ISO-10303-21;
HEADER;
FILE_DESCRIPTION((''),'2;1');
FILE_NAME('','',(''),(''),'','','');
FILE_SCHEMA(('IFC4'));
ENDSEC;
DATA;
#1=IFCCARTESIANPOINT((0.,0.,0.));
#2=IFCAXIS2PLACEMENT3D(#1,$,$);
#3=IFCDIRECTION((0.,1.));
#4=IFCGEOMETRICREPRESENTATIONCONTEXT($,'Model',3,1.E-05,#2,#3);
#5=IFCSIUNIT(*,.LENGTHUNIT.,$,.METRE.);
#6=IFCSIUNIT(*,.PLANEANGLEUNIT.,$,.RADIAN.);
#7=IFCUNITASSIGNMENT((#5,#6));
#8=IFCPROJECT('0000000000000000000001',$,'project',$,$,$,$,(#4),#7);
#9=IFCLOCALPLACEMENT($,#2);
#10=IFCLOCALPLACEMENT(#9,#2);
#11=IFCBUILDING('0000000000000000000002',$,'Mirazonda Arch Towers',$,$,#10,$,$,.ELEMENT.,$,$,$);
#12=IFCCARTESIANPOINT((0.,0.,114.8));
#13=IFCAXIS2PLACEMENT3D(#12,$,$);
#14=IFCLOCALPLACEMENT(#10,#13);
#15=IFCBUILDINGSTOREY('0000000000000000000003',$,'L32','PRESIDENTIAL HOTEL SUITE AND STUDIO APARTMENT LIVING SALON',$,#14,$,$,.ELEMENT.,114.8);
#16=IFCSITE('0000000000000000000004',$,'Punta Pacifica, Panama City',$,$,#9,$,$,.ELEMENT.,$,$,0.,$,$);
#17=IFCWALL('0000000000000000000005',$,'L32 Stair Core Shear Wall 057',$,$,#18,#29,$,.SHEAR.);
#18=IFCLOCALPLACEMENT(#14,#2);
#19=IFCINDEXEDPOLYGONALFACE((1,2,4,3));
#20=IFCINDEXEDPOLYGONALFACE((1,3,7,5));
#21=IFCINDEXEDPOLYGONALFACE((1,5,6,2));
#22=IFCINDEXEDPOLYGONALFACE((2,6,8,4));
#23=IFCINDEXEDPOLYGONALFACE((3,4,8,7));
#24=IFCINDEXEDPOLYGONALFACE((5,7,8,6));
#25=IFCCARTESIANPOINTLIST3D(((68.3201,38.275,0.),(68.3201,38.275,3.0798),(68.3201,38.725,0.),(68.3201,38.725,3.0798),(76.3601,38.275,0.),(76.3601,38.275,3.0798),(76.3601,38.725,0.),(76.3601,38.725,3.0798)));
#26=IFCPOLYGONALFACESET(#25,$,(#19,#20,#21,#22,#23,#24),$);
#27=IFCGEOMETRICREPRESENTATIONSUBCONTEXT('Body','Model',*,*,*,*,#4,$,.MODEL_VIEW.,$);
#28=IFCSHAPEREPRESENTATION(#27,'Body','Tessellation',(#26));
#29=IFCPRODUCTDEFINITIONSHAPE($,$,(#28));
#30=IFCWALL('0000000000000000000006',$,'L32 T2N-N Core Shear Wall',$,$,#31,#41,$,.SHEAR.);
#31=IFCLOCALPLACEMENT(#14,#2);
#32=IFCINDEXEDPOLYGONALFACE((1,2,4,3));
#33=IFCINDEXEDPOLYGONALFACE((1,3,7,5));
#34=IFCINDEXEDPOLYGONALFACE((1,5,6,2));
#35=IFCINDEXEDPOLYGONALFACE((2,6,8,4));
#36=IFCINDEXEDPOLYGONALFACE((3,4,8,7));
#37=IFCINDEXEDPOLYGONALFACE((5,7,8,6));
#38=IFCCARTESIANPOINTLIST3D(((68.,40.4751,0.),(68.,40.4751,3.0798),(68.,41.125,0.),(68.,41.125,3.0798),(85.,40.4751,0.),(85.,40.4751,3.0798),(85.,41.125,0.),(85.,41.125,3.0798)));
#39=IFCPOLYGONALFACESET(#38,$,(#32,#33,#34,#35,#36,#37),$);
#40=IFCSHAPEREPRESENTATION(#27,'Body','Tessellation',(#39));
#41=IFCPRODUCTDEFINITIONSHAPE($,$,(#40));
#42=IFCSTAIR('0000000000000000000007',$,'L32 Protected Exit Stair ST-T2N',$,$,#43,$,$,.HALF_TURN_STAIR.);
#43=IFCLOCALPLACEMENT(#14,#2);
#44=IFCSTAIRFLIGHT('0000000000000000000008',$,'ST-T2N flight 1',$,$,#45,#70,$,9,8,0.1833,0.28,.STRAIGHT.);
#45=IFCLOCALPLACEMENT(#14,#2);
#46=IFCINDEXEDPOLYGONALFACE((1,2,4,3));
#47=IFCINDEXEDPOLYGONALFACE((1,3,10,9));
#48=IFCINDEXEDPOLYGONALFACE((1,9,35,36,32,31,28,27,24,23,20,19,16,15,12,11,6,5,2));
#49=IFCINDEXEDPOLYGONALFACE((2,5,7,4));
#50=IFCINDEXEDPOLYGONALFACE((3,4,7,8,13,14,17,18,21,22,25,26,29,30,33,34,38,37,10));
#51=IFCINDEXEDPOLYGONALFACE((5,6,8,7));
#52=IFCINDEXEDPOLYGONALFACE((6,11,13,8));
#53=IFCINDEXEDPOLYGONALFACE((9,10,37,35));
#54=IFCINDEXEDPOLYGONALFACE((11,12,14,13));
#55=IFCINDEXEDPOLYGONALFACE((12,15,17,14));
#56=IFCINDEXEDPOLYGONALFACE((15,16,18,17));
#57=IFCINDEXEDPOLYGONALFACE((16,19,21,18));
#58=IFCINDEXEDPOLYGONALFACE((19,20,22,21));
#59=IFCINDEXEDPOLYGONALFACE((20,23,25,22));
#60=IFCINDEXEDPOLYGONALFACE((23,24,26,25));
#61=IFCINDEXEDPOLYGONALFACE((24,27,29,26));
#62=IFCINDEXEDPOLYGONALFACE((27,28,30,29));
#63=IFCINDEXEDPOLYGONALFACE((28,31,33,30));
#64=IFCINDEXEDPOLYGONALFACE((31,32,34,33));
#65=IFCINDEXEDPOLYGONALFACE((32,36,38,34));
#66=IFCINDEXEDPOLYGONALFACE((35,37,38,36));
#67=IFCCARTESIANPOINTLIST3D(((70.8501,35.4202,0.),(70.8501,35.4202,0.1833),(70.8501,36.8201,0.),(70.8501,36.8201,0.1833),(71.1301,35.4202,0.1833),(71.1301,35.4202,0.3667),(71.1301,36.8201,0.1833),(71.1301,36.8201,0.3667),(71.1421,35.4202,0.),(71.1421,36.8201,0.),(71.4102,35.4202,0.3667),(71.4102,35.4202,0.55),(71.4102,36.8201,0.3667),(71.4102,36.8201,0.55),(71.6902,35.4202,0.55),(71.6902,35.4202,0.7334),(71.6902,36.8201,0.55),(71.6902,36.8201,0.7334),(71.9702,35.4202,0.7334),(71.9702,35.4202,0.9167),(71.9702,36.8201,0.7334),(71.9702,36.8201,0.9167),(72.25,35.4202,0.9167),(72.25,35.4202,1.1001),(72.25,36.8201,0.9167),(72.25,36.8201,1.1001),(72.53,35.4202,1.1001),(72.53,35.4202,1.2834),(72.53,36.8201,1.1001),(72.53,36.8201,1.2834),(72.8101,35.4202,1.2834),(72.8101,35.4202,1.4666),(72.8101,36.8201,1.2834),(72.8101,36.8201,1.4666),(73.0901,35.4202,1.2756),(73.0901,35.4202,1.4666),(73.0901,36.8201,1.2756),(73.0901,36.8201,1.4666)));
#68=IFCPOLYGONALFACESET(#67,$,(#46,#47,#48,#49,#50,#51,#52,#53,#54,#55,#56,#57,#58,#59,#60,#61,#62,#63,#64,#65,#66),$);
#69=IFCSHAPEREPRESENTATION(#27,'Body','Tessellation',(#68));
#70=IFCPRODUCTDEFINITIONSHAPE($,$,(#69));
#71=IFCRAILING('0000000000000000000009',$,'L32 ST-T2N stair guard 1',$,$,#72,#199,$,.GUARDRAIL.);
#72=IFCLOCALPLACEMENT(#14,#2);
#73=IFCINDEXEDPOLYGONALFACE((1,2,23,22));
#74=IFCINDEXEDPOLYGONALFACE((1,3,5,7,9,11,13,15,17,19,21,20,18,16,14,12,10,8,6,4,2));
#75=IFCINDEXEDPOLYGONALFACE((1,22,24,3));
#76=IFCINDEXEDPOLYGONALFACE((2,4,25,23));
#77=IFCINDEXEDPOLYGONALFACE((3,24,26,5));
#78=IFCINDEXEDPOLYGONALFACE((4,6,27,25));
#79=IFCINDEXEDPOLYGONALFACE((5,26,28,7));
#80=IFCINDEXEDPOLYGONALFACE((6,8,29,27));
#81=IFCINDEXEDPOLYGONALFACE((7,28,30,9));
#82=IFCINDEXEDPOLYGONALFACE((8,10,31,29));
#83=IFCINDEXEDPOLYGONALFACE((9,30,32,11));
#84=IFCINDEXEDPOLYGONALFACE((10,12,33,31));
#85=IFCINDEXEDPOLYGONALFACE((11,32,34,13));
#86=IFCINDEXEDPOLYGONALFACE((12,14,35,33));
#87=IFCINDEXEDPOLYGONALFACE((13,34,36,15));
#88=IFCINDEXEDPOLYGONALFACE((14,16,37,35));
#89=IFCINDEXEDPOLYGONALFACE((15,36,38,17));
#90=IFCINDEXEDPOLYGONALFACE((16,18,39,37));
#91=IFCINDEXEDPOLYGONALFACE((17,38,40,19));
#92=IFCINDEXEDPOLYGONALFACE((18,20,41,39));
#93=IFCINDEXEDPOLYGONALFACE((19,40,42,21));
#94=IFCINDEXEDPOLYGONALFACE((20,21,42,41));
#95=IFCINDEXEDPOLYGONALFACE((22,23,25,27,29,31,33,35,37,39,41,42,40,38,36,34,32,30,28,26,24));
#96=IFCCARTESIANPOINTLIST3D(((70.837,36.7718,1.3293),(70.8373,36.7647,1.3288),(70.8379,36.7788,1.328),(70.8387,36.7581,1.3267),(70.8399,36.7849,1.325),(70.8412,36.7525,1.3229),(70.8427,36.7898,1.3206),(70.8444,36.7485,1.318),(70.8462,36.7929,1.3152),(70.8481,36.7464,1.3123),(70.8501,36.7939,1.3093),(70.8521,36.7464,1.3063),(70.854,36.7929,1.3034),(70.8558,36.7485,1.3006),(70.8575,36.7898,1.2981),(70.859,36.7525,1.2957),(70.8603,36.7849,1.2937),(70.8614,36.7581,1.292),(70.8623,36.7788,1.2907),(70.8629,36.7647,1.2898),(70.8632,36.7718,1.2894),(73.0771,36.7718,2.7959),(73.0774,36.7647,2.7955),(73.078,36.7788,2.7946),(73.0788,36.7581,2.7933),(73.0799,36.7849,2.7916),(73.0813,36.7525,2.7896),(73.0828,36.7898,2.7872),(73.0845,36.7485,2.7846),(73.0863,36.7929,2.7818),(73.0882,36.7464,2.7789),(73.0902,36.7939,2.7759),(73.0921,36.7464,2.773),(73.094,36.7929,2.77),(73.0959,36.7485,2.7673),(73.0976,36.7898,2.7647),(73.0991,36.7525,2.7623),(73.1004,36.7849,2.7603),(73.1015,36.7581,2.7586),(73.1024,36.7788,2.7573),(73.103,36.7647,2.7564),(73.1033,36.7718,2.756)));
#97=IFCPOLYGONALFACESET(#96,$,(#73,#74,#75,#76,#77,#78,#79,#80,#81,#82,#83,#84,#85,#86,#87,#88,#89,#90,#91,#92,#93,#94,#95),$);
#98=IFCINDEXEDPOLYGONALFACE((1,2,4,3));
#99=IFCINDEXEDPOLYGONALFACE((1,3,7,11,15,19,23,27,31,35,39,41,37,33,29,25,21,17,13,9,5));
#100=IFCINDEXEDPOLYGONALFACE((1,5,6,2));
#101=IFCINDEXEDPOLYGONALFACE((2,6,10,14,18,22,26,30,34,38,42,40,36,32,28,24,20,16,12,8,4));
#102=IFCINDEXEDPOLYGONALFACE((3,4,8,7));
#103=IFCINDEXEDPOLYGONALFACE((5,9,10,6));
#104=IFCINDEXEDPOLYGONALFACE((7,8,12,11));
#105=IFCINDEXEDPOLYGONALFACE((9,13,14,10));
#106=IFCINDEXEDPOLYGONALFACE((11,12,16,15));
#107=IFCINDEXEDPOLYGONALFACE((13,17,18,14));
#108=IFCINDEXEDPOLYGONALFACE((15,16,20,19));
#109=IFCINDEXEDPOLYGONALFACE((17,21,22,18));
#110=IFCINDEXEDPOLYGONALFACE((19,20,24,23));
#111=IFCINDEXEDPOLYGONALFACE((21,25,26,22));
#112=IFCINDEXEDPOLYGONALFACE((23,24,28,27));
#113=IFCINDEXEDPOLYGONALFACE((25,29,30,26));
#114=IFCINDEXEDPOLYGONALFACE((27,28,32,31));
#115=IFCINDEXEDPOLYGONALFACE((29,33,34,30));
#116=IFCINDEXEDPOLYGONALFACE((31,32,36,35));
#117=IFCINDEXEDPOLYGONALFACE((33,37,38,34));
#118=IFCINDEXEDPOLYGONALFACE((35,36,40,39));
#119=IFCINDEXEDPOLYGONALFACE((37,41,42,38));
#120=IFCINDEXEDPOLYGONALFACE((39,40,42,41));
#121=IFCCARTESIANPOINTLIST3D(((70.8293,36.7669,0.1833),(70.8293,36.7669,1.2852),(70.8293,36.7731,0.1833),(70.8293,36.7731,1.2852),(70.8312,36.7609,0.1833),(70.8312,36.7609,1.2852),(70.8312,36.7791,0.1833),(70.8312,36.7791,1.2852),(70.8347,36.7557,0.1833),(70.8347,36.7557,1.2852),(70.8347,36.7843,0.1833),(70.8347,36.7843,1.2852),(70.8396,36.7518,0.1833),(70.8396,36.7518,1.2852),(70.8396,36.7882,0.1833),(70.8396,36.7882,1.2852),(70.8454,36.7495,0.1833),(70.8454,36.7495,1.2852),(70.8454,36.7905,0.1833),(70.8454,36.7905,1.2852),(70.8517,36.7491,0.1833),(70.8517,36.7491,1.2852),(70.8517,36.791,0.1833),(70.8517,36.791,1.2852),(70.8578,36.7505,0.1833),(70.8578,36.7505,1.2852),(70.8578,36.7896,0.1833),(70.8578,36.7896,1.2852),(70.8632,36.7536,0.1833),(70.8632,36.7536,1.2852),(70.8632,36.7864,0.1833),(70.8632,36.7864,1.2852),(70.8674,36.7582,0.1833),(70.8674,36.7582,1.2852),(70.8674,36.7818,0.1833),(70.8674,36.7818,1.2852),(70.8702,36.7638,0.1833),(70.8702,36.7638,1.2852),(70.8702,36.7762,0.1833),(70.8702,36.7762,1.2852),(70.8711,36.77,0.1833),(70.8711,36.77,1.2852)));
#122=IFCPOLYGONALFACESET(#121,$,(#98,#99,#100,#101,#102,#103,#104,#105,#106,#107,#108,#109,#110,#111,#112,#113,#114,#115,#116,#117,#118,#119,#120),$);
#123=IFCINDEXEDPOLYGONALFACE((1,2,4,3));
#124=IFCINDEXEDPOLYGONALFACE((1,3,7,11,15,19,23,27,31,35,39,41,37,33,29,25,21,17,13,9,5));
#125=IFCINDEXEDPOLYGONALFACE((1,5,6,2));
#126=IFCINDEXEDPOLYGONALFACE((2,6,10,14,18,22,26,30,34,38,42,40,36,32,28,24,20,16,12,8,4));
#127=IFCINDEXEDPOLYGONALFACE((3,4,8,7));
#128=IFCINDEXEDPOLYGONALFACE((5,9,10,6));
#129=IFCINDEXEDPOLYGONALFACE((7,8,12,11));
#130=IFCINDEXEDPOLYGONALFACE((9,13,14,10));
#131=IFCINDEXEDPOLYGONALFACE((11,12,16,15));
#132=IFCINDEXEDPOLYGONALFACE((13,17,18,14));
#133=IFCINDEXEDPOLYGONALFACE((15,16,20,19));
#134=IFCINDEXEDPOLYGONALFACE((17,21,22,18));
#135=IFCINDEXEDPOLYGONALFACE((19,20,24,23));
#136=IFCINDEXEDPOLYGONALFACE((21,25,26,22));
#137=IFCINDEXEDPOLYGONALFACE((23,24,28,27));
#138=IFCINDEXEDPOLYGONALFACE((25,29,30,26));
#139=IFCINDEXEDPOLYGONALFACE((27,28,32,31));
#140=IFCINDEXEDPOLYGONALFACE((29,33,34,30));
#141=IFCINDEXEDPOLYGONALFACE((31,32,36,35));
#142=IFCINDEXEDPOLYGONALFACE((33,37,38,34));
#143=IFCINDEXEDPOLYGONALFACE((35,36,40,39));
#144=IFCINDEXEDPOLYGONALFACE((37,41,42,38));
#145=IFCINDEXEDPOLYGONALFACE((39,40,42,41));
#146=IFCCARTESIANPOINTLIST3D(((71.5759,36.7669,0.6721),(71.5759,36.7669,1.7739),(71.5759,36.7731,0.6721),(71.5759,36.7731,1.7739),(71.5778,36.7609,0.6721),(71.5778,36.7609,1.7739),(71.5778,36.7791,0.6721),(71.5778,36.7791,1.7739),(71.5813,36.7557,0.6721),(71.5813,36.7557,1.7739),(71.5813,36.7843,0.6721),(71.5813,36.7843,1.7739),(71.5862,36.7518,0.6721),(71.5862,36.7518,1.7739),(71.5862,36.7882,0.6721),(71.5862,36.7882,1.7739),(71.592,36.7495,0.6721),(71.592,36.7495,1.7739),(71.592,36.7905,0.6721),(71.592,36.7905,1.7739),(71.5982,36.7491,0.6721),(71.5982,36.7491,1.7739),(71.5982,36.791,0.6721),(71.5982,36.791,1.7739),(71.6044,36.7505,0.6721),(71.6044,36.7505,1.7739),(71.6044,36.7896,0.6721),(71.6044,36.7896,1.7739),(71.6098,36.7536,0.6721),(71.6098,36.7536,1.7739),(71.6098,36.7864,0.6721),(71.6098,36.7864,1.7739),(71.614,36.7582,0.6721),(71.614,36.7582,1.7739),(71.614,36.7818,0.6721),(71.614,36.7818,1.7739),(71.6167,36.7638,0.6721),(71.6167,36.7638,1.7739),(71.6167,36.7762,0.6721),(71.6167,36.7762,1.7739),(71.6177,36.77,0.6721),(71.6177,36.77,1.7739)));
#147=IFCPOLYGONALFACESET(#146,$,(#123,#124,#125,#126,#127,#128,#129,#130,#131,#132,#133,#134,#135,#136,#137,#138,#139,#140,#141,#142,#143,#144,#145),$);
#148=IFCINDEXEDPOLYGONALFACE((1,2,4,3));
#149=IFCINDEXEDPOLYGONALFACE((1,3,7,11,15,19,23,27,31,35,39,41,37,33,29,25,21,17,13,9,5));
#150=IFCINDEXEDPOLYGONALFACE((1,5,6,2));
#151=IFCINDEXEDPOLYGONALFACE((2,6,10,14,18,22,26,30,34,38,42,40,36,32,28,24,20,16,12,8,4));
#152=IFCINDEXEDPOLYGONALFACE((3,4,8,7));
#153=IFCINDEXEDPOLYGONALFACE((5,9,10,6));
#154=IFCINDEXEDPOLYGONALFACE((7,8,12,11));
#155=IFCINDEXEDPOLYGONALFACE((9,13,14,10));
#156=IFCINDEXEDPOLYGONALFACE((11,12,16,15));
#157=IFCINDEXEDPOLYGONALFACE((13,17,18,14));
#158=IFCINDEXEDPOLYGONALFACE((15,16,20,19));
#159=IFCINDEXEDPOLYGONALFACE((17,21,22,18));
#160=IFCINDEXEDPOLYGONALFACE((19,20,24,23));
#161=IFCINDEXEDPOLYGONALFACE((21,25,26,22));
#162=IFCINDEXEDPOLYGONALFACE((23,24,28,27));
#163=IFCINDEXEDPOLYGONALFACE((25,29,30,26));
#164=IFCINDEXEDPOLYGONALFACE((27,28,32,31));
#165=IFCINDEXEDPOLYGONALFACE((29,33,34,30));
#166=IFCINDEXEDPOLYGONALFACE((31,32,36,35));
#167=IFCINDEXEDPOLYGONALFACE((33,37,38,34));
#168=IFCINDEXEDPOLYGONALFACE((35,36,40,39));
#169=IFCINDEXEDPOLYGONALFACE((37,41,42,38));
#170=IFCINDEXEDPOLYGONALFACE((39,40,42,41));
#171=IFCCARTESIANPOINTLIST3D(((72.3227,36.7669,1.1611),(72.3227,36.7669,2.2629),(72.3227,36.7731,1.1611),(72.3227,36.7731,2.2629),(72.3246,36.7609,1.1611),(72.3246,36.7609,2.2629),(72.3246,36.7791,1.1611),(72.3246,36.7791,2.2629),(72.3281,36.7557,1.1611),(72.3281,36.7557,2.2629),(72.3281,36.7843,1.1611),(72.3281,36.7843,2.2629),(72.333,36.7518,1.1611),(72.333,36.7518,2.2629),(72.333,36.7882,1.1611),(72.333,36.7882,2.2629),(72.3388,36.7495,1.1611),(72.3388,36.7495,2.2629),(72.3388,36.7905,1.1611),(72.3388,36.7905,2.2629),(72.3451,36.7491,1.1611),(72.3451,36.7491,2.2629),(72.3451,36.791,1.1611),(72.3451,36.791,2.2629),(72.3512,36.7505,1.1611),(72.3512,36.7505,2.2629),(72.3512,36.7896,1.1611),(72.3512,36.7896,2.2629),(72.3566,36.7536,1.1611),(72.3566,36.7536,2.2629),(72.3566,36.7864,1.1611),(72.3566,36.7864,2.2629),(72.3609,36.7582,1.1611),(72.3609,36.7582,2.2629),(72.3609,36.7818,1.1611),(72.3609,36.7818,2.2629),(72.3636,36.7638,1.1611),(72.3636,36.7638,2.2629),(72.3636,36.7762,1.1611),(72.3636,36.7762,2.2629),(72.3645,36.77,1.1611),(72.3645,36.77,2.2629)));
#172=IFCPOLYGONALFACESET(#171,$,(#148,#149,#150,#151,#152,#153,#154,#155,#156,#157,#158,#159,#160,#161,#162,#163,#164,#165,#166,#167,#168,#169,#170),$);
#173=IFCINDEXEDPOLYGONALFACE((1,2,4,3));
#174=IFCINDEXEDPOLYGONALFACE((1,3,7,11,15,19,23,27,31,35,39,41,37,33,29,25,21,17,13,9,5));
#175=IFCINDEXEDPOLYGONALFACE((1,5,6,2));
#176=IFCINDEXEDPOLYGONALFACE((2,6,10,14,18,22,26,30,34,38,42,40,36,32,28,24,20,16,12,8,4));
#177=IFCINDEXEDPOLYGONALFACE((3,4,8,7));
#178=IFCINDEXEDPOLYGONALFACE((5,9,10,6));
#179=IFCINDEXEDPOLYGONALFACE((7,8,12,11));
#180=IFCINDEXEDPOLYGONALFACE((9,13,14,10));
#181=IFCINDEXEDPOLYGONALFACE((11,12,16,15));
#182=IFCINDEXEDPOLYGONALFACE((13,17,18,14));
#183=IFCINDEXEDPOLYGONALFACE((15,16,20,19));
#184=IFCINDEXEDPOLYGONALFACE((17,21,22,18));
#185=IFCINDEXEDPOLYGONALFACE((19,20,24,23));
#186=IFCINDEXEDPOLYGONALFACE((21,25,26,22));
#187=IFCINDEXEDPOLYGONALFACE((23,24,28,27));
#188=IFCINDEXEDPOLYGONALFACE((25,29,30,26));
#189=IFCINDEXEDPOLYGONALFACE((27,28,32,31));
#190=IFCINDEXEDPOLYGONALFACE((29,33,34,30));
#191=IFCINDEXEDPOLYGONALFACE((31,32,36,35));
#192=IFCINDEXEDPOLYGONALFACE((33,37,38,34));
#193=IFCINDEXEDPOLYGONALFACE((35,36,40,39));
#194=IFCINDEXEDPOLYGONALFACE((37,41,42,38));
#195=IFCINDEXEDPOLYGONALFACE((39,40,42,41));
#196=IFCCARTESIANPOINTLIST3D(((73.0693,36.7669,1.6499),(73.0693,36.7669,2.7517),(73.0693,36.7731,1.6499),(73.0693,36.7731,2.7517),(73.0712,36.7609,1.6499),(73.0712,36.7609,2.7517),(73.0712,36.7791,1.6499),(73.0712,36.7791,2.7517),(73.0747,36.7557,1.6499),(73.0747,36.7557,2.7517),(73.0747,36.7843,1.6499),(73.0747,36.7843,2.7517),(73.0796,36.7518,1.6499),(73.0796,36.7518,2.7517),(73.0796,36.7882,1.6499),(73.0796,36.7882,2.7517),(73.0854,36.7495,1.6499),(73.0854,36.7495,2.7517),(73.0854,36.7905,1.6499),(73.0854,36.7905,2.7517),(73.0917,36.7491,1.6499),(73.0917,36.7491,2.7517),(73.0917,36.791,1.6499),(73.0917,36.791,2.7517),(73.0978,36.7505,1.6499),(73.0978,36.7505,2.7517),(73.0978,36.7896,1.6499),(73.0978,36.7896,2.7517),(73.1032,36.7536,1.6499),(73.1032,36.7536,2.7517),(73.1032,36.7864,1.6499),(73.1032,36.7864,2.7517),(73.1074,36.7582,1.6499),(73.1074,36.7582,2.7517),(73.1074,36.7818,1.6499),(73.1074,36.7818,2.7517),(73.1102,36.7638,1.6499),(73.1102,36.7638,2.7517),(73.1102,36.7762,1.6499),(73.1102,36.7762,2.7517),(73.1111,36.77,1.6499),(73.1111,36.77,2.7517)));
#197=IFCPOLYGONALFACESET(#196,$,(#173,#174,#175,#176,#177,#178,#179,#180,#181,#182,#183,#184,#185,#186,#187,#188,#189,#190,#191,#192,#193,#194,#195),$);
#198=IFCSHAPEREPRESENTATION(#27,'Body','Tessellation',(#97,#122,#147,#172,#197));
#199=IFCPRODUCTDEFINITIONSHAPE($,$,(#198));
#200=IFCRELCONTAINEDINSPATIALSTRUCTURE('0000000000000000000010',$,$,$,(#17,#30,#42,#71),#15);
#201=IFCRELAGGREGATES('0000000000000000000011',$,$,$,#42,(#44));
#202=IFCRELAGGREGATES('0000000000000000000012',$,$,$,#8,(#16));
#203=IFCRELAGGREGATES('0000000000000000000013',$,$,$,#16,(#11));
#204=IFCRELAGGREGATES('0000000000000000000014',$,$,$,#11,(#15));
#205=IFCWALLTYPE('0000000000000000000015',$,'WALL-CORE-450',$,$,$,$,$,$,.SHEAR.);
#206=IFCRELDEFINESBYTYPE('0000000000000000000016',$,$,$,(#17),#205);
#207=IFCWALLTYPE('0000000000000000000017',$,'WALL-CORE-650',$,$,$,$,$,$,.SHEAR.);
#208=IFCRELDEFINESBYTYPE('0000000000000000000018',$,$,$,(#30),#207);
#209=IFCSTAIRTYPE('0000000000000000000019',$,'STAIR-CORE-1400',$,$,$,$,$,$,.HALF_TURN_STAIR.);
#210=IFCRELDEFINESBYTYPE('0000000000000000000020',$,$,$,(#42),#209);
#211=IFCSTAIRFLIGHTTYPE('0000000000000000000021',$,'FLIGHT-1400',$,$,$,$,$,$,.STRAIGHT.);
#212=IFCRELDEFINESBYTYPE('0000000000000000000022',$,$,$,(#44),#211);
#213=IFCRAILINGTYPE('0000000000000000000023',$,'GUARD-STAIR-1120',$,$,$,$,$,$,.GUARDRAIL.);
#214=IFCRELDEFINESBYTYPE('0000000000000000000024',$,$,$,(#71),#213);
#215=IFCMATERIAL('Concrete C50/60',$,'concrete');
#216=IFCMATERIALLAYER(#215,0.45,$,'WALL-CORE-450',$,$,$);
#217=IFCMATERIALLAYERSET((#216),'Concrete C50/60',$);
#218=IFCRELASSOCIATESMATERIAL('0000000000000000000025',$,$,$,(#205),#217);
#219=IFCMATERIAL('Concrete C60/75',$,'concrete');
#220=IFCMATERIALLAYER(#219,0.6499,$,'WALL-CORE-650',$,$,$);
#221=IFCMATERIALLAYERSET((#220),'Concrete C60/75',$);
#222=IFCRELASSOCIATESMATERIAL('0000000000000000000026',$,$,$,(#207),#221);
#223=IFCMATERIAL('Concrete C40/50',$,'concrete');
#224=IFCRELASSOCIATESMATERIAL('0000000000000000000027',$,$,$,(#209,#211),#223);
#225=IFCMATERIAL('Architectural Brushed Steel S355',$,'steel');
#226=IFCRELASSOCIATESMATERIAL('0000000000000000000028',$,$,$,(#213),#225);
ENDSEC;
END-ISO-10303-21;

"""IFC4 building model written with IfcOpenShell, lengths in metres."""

from ifc_helpers import new_model, si_unit, direction, frame, frame_2d, origin, origin_2d, place, context, subcontext, project, spatial, polyline, rectangle, circle, outline, extrude, material, layer, layer_set, type_object, element, aggregate, save


model = new_model("IFC4")

# Units and contexts
model_context = context("Model", 3, precision=1e-05, world=origin(), true_north=direction((0.0, 1.0)))
body_context = subcontext(model_context, "Body", "Model", "MODEL_VIEW")
ifc_project = project(units=[si_unit("LENGTHUNIT", "METRE"), si_unit("PLANEANGLEUNIT", "RADIAN")], contexts=[model_context])

# Site, building, storey
site_placement = place(None, origin())
site = spatial("IfcSite", under=ifc_project, at=site_placement, Name="Punta Pacifica, Panama City", CompositionType="ELEMENT", RefElevation=0.0)
building_placement = place(site_placement, origin())
building = spatial("IfcBuilding", under=site, at=building_placement, Name="Mirazonda Arch Towers", CompositionType="ELEMENT")
storey_placement = place(building_placement, frame((0.0, 0.0, 114.8)))
storey = spatial("IfcBuildingStorey", under=building, at=storey_placement, Name="L32", Description="PRESIDENTIAL HOTEL SUITE AND STUDIO APARTMENT LIVING SALON", CompositionType="ELEMENT", Elevation=114.8)

# Shared definitions
ifc_material_1 = material(Name="Concrete C50/60", Category="concrete")
ifc_material_2 = material(Name="Concrete C60/75", Category="concrete")

# Walls
ifc_layer_1 = layer(ifc_material_1, 0.45, Name="WALL-CORE-450")
ifc_layer_set_1 = layer_set([ifc_layer_1], Name="Concrete C50/60")
wall_type_1 = type_object("IfcWallType", Name="WALL-CORE-450", PredefinedType="SHEAR", material=ifc_layer_set_1)
wall_1_placement = place(storey_placement, frame((68.3201, 38.5, 0.0), z_axis=(0.0, 0.0, 1.0), x_axis=(1.0, 0.0, 0.0)))
element("IfcWall", 1, at=wall_1_placement, inside=storey, type_object=wall_type_1, Name="L32 Stair Core Shear Wall 057", PredefinedType="SHEAR", context=body_context, shape_type="SweptSolid", body=[
    extrude(rectangle(XDim=8.04, YDim=0.45, at=frame_2d((4.02, 0.0))), origin(), (0.0, 0.0, 1.0), 3.0798),
])
ifc_layer_2 = layer(ifc_material_2, 0.6499, Name="WALL-CORE-650")
ifc_layer_set_2 = layer_set([ifc_layer_2], Name="Concrete C60/75")
wall_type_2 = type_object("IfcWallType", Name="WALL-CORE-650", PredefinedType="SHEAR", material=ifc_layer_set_2)
wall_2_placement = place(storey_placement, frame((68.0, 40.8, 0.0), z_axis=(0.0, 0.0, 1.0), x_axis=(1.0, 0.0, 0.0)))
element("IfcWall", 2, at=wall_2_placement, inside=storey, type_object=wall_type_2, Name="L32 T2N-N Core Shear Wall", PredefinedType="SHEAR", context=body_context, shape_type="SweptSolid", body=[
    extrude(rectangle(XDim=17.0, YDim=0.6499, at=frame_2d((8.5, 0.0))), origin(), (0.0, 0.0, 1.0), 3.0798),
])

# Stair, stair flight
ifc_material_3 = material(Name="Concrete C40/50", Category="concrete")
stair_type = type_object("IfcStairType", Name="STAIR-CORE-1400", PredefinedType="HALF_TURN_STAIR", material=ifc_material_3)
stair_placement = place(storey_placement, origin())
stair = element("IfcStair", 3, at=stair_placement, inside=storey, type_object=stair_type, Name="L32 Protected Exit Stair ST-T2N", PredefinedType="HALF_TURN_STAIR")
stair_flight_type = type_object("IfcStairFlightType", Name="FLIGHT-1400", PredefinedType="STRAIGHT", material=ifc_material_3)
stair_flight_placement = place(storey_placement, frame((70.8501, 36.1201, 0.0), z_axis=(0.0, 0.0, 1.0), x_axis=(1.0, 0.0, 0.0)))
stair_flight = element("IfcStairFlight", 4, at=stair_flight_placement, type_object=stair_flight_type, Name="ST-T2N flight 1", NumberOfRisers=9, NumberOfTreads=8, PredefinedType="STRAIGHT", RiserHeight=0.1833, TreadLength=0.28, context=body_context, shape_type="SweptSolid", body=[
    extrude(outline(polyline([(0.0, 0.0), (0.0, 0.1833), (0.28, 0.1833), (0.28, 0.3667), (0.5601, 0.3667), (0.5601, 0.55), (0.8401, 0.55), (0.8401, 0.7334), (1.1201, 0.7334), (1.1201, 0.9167), (1.3999, 0.9167), (1.3999, 1.1001), (1.6799, 1.1001), (1.6799, 1.2834), (1.96, 1.2834), (1.96, 1.4666), (2.24, 1.4666), (2.24, 1.6499), (2.24, 1.2756), (0.292, 0.0), (0.0, 0.0)])), frame((0.0, 0.7, 0.0), z_axis=(0.0, -1.0, 0.0), x_axis=(1.0, 0.0, 0.0)), (0.0, 0.0, 1.0), 1.3999),
])
aggregate(stair, [stair_flight])

# Railing
ifc_material_4 = material(Name="Architectural Brushed Steel S355", Category="steel")
railing_type = type_object("IfcRailingType", Name="GUARD-STAIR-1120", PredefinedType="GUARDRAIL", material=ifc_material_4)
railing_1_placement = place(storey_placement, frame((70.8501, 36.77, 0.1833)))
element("IfcRailing", 5, at=railing_1_placement, inside=storey, type_object=railing_type, Name="L32 ST-T2N stair guard 1", PredefinedType="GUARDRAIL", context=body_context, shape_type="SweptSolid", body=[
    extrude(circle(Radius=0.0239, at=origin_2d()), frame((0.0, 0.0, 1.126), z_axis=(0.836637, 0.0, 0.547758), x_axis=(0.0, 1.0, 0.0)), (0.0, 0.0, 1.0), 2.6775),
    extrude(circle(Radius=0.021, at=origin_2d()), origin(), (0.0, 0.0, 1.0), 1.1018),
    extrude(circle(Radius=0.021, at=origin_2d()), frame((0.7466, 0.0, 0.4888)), (0.0, 0.0, 1.0), 1.1018),
    extrude(circle(Radius=0.021, at=origin_2d()), frame((1.4934, 0.0, 0.9778)), (0.0, 0.0, 1.0), 1.1018),
    extrude(circle(Radius=0.021, at=origin_2d()), frame((2.24, 0.0, 1.4666)), (0.0, 0.0, 1.0), 1.1018),
])

save(model, "model.ifc")
